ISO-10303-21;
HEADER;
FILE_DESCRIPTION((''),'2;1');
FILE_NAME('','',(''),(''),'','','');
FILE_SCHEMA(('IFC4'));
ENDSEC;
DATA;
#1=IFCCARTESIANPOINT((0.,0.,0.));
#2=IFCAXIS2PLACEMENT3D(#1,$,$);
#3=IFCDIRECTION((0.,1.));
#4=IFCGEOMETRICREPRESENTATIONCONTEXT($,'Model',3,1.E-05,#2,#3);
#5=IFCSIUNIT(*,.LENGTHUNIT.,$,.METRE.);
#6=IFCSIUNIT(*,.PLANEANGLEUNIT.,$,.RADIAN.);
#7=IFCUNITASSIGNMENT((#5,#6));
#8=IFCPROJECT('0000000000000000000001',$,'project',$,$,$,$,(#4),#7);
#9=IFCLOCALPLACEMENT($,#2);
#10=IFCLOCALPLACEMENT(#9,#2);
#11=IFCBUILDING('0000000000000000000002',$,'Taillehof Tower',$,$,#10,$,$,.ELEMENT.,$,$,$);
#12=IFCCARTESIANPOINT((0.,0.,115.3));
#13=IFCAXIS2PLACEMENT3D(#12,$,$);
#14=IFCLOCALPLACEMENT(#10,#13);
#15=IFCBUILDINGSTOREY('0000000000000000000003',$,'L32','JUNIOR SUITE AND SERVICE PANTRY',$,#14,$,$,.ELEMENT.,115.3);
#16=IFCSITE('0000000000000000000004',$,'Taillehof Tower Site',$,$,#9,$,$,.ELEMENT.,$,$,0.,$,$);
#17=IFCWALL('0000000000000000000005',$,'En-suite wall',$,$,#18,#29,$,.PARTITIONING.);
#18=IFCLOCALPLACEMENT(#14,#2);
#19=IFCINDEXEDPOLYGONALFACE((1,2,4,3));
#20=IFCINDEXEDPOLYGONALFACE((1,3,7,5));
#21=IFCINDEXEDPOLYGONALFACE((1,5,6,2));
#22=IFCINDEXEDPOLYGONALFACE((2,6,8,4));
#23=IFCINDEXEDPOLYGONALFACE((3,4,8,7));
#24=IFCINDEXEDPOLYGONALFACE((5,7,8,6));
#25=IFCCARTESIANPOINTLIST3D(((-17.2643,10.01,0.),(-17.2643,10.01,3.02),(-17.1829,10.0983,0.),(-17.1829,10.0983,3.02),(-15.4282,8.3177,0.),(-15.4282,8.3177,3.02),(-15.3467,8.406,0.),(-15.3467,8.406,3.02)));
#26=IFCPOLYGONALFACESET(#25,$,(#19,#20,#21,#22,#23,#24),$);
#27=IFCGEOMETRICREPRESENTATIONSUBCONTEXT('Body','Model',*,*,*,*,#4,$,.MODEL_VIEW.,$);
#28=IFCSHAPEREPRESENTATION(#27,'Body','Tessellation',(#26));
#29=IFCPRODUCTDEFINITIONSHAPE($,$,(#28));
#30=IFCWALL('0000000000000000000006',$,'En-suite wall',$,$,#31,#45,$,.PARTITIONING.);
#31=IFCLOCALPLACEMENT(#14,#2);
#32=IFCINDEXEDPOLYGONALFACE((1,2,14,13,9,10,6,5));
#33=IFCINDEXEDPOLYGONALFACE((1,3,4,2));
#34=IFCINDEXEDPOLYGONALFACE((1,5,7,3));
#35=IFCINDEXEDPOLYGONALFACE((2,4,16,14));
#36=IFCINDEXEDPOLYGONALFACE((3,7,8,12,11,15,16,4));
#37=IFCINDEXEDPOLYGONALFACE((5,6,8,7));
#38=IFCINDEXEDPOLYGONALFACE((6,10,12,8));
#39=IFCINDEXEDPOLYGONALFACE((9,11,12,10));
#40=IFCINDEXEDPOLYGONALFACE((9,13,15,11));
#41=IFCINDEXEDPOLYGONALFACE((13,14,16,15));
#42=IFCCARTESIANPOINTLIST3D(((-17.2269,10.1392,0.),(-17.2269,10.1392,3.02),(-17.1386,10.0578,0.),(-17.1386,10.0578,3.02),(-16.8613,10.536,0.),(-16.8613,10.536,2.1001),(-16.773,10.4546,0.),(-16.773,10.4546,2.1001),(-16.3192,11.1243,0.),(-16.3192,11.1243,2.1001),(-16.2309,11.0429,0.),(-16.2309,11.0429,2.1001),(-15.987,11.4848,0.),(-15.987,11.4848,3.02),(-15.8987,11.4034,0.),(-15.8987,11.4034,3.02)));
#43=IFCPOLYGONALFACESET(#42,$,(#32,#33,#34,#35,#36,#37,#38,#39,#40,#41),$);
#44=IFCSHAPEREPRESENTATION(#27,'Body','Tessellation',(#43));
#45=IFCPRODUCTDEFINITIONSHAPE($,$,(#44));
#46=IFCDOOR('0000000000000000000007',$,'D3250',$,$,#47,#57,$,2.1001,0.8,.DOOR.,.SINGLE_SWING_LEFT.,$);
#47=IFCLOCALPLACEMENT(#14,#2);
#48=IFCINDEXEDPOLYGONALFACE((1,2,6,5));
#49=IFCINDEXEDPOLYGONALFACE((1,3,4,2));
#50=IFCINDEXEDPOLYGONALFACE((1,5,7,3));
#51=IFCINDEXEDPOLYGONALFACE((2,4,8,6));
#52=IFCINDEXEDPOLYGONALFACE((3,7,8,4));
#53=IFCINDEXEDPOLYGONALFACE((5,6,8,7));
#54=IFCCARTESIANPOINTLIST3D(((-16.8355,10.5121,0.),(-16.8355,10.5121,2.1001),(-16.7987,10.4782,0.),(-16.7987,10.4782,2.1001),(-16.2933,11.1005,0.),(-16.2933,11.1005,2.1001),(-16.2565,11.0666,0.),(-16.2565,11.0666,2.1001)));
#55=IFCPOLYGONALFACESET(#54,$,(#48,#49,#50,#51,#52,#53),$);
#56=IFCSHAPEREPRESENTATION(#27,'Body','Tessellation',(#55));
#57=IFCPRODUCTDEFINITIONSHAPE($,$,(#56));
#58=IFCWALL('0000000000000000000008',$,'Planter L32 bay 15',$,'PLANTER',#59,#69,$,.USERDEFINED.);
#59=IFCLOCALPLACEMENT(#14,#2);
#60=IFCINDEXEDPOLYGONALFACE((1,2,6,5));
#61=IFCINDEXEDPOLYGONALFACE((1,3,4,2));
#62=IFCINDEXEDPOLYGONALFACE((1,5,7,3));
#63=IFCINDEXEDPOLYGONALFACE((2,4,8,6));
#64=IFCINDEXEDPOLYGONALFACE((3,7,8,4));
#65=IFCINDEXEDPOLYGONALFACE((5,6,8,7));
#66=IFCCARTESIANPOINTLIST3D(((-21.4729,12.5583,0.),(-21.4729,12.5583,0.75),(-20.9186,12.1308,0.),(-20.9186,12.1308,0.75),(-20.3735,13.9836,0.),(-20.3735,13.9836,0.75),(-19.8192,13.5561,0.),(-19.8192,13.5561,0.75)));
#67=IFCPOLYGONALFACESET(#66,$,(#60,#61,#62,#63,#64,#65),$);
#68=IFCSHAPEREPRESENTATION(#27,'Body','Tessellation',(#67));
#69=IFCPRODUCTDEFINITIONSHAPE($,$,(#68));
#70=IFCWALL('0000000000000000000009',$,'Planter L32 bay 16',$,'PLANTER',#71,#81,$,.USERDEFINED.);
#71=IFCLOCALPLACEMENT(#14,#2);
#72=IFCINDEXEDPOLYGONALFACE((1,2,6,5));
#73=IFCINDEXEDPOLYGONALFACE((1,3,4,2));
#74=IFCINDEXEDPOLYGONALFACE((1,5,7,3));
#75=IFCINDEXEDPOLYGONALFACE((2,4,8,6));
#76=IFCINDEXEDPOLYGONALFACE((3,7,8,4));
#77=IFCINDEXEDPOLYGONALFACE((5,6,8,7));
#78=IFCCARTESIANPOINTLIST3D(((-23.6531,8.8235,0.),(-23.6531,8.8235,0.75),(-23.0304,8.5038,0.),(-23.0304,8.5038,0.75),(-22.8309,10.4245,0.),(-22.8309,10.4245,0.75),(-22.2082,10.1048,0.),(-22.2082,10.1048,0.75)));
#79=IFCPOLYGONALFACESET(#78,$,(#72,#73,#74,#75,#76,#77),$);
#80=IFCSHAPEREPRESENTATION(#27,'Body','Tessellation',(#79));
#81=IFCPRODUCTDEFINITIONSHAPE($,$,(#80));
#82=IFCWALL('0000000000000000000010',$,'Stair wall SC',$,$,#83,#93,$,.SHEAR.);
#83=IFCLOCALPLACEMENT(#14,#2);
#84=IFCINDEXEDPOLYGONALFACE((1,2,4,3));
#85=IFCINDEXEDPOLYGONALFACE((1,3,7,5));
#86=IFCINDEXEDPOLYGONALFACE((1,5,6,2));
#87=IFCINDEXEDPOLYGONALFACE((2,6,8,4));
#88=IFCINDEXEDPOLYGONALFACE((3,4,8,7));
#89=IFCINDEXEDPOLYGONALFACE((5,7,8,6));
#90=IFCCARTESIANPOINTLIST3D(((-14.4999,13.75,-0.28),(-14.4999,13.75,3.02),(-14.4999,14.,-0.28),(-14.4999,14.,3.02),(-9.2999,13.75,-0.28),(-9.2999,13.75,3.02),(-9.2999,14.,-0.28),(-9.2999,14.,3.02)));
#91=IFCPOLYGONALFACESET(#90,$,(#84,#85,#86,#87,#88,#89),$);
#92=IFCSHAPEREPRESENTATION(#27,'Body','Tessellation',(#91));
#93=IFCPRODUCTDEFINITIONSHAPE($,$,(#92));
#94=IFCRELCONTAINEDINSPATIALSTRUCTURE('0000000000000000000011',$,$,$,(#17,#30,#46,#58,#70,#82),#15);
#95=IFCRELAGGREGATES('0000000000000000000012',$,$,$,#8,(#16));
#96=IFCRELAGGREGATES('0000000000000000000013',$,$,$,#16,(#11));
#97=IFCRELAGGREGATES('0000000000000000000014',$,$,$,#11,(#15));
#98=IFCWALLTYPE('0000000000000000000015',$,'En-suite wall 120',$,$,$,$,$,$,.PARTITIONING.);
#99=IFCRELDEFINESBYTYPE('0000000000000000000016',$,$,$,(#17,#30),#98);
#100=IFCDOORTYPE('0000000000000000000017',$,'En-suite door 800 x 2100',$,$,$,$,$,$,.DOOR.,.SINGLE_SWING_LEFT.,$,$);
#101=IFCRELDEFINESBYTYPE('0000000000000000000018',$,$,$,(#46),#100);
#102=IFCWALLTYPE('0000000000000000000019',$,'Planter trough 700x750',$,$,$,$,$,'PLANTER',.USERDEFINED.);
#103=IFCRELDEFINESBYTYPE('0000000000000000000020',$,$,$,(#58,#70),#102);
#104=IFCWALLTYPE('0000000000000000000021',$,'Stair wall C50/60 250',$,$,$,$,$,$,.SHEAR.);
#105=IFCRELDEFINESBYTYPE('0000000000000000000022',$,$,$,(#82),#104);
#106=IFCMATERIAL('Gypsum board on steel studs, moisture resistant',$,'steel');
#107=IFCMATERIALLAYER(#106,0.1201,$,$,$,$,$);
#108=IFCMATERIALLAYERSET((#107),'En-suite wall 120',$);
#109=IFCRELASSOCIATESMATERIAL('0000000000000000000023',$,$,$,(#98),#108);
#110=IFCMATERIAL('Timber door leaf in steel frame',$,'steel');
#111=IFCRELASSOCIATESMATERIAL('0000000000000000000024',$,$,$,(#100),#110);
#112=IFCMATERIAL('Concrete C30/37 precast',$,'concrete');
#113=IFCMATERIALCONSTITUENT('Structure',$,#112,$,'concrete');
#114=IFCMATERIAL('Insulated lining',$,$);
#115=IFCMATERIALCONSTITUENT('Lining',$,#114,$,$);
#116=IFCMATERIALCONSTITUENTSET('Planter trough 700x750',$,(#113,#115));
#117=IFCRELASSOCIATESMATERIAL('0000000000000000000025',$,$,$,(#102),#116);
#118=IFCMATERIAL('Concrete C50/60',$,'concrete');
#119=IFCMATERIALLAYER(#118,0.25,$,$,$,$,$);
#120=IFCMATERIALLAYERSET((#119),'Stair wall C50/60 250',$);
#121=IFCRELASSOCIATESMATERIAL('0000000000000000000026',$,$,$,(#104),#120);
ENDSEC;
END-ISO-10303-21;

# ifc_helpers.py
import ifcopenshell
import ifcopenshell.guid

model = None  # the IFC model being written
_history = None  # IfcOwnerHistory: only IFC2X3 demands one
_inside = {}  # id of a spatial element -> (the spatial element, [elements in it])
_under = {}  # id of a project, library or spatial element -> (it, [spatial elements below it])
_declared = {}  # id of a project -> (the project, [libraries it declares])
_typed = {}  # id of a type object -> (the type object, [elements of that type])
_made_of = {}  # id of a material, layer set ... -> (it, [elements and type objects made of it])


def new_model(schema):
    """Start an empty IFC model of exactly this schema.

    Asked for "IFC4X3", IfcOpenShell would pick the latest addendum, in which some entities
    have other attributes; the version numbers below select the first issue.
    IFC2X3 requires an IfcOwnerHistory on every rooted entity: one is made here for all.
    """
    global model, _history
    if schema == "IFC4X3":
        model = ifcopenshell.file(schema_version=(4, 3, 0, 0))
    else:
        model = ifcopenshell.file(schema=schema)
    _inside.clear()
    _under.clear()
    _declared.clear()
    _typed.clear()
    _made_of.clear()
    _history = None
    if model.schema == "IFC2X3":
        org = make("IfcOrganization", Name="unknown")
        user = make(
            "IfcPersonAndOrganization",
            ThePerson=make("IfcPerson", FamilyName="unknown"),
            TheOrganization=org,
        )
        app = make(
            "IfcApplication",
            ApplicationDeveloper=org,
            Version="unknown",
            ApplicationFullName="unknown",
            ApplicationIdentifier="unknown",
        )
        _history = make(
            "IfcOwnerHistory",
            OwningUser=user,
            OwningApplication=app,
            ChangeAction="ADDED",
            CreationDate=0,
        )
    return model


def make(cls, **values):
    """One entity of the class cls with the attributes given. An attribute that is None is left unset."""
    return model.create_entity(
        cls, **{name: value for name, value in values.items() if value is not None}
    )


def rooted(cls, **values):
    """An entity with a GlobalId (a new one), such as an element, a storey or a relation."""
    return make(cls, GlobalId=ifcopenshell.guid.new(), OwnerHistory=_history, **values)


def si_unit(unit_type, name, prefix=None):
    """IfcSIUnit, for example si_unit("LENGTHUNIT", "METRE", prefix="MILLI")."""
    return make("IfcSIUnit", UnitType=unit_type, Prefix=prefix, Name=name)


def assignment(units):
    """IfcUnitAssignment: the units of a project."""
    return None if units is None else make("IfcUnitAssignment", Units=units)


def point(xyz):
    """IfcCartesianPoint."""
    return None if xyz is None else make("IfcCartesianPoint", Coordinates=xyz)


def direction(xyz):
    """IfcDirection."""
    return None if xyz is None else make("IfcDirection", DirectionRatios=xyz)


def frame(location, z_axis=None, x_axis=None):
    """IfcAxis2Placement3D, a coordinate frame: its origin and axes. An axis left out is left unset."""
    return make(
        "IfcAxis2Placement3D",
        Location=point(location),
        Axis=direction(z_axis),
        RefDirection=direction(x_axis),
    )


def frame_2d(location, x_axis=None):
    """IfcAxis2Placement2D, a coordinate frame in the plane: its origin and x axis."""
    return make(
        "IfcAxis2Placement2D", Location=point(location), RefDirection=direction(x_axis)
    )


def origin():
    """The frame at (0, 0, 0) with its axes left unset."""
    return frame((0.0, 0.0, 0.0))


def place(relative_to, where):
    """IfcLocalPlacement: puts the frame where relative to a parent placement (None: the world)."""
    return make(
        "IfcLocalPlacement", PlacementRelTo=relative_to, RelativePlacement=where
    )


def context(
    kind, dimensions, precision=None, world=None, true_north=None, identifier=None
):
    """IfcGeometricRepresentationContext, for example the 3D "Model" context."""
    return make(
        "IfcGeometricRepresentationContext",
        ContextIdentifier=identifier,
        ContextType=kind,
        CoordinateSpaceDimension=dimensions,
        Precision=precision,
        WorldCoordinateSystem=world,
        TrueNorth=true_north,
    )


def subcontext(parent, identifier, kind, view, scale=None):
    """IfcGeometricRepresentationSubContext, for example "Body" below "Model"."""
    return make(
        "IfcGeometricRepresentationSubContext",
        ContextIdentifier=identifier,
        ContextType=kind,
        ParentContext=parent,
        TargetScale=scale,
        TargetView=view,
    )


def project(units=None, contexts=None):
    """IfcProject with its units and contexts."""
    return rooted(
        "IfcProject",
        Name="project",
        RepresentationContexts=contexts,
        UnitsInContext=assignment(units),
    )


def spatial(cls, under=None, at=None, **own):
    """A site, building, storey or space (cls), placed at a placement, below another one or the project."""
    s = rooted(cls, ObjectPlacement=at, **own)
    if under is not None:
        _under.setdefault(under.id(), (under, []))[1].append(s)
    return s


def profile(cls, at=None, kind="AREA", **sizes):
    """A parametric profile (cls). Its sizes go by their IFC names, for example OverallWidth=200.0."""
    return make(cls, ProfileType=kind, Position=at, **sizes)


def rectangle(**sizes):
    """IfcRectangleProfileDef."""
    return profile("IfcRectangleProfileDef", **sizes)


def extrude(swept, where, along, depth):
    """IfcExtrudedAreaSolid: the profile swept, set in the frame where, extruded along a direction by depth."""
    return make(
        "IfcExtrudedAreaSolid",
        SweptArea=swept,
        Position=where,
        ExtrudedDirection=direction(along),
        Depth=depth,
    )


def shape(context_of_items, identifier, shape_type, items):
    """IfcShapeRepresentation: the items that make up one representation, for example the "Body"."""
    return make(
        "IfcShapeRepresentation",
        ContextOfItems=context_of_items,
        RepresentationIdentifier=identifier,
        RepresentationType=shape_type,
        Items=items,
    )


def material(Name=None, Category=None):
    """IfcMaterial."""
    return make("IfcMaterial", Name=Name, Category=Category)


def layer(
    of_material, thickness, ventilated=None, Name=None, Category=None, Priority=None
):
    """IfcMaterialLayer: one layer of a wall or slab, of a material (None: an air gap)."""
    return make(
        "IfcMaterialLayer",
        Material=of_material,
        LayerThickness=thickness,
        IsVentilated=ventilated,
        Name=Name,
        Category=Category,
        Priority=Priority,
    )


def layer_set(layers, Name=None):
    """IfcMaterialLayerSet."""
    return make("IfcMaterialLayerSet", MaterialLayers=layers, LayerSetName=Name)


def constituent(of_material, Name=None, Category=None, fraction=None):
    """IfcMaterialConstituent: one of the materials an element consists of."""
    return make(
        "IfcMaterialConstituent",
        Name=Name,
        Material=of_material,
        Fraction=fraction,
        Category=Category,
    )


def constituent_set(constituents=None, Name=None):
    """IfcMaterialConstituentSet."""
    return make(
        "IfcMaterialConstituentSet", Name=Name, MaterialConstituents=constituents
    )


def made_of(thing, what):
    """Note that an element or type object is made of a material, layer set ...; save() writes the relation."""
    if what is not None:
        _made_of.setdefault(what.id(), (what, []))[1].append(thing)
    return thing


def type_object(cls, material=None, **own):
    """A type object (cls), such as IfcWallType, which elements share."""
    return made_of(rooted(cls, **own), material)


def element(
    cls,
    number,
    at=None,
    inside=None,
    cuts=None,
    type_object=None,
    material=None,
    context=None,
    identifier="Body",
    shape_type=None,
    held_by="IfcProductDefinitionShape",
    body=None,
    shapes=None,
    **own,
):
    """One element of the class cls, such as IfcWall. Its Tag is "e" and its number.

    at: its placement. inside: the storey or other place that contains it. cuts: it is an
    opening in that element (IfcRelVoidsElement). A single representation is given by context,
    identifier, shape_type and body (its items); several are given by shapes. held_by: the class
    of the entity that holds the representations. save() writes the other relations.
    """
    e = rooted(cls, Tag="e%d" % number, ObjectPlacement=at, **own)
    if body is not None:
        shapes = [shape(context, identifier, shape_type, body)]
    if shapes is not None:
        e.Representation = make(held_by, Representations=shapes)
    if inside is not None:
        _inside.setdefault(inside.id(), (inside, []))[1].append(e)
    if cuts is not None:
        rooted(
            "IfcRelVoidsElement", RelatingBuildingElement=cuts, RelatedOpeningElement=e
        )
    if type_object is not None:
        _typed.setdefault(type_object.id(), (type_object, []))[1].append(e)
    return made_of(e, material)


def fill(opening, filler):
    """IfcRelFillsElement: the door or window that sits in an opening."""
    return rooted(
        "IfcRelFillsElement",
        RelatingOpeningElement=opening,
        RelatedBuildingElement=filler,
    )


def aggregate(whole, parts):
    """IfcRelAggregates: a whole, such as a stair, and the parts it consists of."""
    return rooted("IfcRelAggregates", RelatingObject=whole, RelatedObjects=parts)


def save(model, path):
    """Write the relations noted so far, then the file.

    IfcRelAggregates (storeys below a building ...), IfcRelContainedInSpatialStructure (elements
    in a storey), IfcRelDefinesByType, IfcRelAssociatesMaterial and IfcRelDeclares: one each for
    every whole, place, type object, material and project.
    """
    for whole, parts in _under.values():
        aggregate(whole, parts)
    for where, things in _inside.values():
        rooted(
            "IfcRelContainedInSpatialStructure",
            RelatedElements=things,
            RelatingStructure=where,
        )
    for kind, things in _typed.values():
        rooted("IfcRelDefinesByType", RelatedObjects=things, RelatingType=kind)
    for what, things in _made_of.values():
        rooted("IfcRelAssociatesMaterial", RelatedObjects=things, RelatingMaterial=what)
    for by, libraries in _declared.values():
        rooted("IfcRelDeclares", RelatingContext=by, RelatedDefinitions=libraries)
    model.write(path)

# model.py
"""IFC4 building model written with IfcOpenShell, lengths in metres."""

from ifc_helpers import new_model, si_unit, direction, frame, frame_2d, origin, place, context, subcontext, project, spatial, rectangle, extrude, material, layer, layer_set, constituent, constituent_set, type_object, element, fill, save


model = new_model("IFC4")

# Units and contexts
model_context = context("Model", 3, precision=1e-05, world=origin(), true_north=direction((0.0, 1.0)))
body_context = subcontext(model_context, "Body", "Model", "MODEL_VIEW")
ifc_project = project(units=[si_unit("LENGTHUNIT", "METRE"), si_unit("PLANEANGLEUNIT", "RADIAN")], contexts=[model_context])

# Site, building, storey
site_placement = place(None, origin())
site = spatial("IfcSite", under=ifc_project, at=site_placement, Name="Taillehof Tower Site", CompositionType="ELEMENT", RefElevation=0.0)
building_placement = place(site_placement, origin())
building = spatial("IfcBuilding", under=site, at=building_placement, Name="Taillehof Tower", CompositionType="ELEMENT")
storey_placement = place(building_placement, frame((0.0, 0.0, 115.3)))
storey = spatial("IfcBuildingStorey", under=building, at=storey_placement, Name="L32", Description="JUNIOR SUITE AND SERVICE PANTRY", CompositionType="ELEMENT", Elevation=115.3)

# Wall
ifc_material_1 = material(Name="Gypsum board on steel studs, moisture resistant", Category="steel")
ifc_layer_1 = layer(ifc_material_1, 0.1201)
ifc_layer_set_1 = layer_set([ifc_layer_1], Name="En-suite wall 120")
wall_type_1 = type_object("IfcWallType", Name="En-suite wall 120", PredefinedType="PARTITIONING", material=ifc_layer_set_1)
wall_1_placement = place(storey_placement, frame((-15.3875, 8.3618, 0.0), z_axis=(0.0, 0.0, 1.0), x_axis=(-0.735313, 0.677728, 0.0)))
element("IfcWall", 1, at=wall_1_placement, inside=storey, type_object=wall_type_1, Name="En-suite wall", PredefinedType="PARTITIONING", context=body_context, shape_type="SweptSolid", body=[
    extrude(rectangle(XDim=2.4971, YDim=0.1201, at=frame_2d((1.2485, 0.0))), origin(), (0.0, 0.0, 1.0), 3.02),
])

# Wall, opening, door
wall_2_placement = place(storey_placement, frame((-17.1829, 10.0984, 0.0), z_axis=(0.0, 0.0, 1.0), x_axis=(0.677632, 0.735402, 0.0)))
wall_2 = element("IfcWall", 2, at=wall_2_placement, inside=storey, type_object=wall_type_1, Name="En-suite wall", PredefinedType="PARTITIONING", context=body_context, shape_type="SweptSolid", body=[
    extrude(rectangle(XDim=1.8298, YDim=0.1201, at=frame_2d((0.915, 0.0))), origin(), (0.0, 0.0, 1.0), 3.02),
])
opening_1_placement = place(wall_2_placement, frame((0.5398, 0.0, 0.0)))
opening_1 = element("IfcOpeningElement", 3, at=opening_1_placement, cuts=wall_2, PredefinedType="OPENING", context=body_context, shape_type="SweptSolid", body=[
    extrude(rectangle(XDim=0.8, YDim=2.1001, at=frame_2d((0.3999, 1.05))), frame((0.0, 0.0701, 0.0), z_axis=(0.0, -1.0, 0.0), x_axis=(1.0, 0.0, 0.0)), (0.0, 0.0, 1.0), 0.1401),
])
ifc_material_2 = material(Name="Timber door leaf in steel frame", Category="steel")
door_type_1 = type_object("IfcDoorType", Name="En-suite door 800 x 2100", OperationType="SINGLE_SWING_LEFT", PredefinedType="DOOR", material=ifc_material_2)
door_1_placement = place(opening_1_placement, origin())
door_1 = element("IfcDoor", 4, at=door_1_placement, inside=storey, type_object=door_type_1, Name="D3250", OperationType="SINGLE_SWING_LEFT", OverallHeight=2.1001, OverallWidth=0.8, PredefinedType="DOOR", context=body_context, shape_type="SweptSolid", body=[
    extrude(rectangle(XDim=0.8, YDim=2.1001, at=frame_2d((0.3999, 1.05))), frame((0.0, 0.0249, 0.0), z_axis=(0.0, -1.0, 0.0), x_axis=(1.0, 0.0, 0.0)), (0.0, 0.0, 1.0), 0.05),
])
fill(opening_1, door_1)

# Walls
ifc_material_3 = material(Name="Concrete C30/37 precast", Category="concrete")
ifc_constituent_1 = constituent(ifc_material_3, Name="Structure", Category="concrete")
ifc_material_4 = material(Name="Insulated lining")
ifc_constituent_2 = constituent(ifc_material_4, Name="Lining")
ifc_constituent_set = constituent_set(constituents=[ifc_constituent_1, ifc_constituent_2], Name="Planter trough 700x750")
wall_type_2 = type_object("IfcWallType", Name="Planter trough 700x750", ElementType="PLANTER", PredefinedType="USERDEFINED", material=ifc_constituent_set)
wall_3_placement = place(storey_placement, frame((-20.0964, 13.7698, 0.0), z_axis=(0.0, 0.0, 1.0), x_axis=(-0.610752, -0.791822, 0.0)))
element("IfcWall", 5, at=wall_3_placement, inside=storey, type_object=wall_type_2, Name="Planter L32 bay 15", ObjectType="PLANTER", PredefinedType="USERDEFINED", context=body_context, shape_type="SweptSolid", body=[
    extrude(rectangle(XDim=1.8, YDim=0.7, at=frame_2d((0.8999, 0.0))), origin(), (0.0, 0.0, 1.0), 0.75),
])
wall_4_placement = place(storey_placement, frame((-22.5195, 10.2646, 0.0), z_axis=(0.0, 0.0, 1.0), x_axis=(-0.456845, -0.889546, 0.0)))
element("IfcWall", 6, at=wall_4_placement, inside=storey, type_object=wall_type_2, Name="Planter L32 bay 16", ObjectType="PLANTER", PredefinedType="USERDEFINED", context=body_context, shape_type="SweptSolid", body=[
    extrude(rectangle(XDim=1.7998, YDim=0.7, at=frame_2d((0.8999, 0.0))), origin(), (0.0, 0.0, 1.0), 0.75),
])
ifc_material_5 = material(Name="Concrete C50/60", Category="concrete")
ifc_layer_2 = layer(ifc_material_5, 0.25)
ifc_layer_set_2 = layer_set([ifc_layer_2], Name="Stair wall C50/60 250")
wall_type_3 = type_object("IfcWallType", Name="Stair wall C50/60 250", PredefinedType="SHEAR", material=ifc_layer_set_2)
wall_5_placement = place(storey_placement, frame((-14.5, 13.875, -0.28), z_axis=(0.0, 0.0, 1.0), x_axis=(1.0, 0.0, 0.0)))
element("IfcWall", 7, at=wall_5_placement, inside=storey, type_object=wall_type_3, Name="Stair wall SC", PredefinedType="SHEAR", context=body_context, shape_type="SweptSolid", body=[
    extrude(rectangle(XDim=5.2, YDim=0.25, at=frame_2d((2.6001, 0.0))), origin(), (0.0, 0.0, 1.0), 3.3),
])

save(model, "model.ifc")
